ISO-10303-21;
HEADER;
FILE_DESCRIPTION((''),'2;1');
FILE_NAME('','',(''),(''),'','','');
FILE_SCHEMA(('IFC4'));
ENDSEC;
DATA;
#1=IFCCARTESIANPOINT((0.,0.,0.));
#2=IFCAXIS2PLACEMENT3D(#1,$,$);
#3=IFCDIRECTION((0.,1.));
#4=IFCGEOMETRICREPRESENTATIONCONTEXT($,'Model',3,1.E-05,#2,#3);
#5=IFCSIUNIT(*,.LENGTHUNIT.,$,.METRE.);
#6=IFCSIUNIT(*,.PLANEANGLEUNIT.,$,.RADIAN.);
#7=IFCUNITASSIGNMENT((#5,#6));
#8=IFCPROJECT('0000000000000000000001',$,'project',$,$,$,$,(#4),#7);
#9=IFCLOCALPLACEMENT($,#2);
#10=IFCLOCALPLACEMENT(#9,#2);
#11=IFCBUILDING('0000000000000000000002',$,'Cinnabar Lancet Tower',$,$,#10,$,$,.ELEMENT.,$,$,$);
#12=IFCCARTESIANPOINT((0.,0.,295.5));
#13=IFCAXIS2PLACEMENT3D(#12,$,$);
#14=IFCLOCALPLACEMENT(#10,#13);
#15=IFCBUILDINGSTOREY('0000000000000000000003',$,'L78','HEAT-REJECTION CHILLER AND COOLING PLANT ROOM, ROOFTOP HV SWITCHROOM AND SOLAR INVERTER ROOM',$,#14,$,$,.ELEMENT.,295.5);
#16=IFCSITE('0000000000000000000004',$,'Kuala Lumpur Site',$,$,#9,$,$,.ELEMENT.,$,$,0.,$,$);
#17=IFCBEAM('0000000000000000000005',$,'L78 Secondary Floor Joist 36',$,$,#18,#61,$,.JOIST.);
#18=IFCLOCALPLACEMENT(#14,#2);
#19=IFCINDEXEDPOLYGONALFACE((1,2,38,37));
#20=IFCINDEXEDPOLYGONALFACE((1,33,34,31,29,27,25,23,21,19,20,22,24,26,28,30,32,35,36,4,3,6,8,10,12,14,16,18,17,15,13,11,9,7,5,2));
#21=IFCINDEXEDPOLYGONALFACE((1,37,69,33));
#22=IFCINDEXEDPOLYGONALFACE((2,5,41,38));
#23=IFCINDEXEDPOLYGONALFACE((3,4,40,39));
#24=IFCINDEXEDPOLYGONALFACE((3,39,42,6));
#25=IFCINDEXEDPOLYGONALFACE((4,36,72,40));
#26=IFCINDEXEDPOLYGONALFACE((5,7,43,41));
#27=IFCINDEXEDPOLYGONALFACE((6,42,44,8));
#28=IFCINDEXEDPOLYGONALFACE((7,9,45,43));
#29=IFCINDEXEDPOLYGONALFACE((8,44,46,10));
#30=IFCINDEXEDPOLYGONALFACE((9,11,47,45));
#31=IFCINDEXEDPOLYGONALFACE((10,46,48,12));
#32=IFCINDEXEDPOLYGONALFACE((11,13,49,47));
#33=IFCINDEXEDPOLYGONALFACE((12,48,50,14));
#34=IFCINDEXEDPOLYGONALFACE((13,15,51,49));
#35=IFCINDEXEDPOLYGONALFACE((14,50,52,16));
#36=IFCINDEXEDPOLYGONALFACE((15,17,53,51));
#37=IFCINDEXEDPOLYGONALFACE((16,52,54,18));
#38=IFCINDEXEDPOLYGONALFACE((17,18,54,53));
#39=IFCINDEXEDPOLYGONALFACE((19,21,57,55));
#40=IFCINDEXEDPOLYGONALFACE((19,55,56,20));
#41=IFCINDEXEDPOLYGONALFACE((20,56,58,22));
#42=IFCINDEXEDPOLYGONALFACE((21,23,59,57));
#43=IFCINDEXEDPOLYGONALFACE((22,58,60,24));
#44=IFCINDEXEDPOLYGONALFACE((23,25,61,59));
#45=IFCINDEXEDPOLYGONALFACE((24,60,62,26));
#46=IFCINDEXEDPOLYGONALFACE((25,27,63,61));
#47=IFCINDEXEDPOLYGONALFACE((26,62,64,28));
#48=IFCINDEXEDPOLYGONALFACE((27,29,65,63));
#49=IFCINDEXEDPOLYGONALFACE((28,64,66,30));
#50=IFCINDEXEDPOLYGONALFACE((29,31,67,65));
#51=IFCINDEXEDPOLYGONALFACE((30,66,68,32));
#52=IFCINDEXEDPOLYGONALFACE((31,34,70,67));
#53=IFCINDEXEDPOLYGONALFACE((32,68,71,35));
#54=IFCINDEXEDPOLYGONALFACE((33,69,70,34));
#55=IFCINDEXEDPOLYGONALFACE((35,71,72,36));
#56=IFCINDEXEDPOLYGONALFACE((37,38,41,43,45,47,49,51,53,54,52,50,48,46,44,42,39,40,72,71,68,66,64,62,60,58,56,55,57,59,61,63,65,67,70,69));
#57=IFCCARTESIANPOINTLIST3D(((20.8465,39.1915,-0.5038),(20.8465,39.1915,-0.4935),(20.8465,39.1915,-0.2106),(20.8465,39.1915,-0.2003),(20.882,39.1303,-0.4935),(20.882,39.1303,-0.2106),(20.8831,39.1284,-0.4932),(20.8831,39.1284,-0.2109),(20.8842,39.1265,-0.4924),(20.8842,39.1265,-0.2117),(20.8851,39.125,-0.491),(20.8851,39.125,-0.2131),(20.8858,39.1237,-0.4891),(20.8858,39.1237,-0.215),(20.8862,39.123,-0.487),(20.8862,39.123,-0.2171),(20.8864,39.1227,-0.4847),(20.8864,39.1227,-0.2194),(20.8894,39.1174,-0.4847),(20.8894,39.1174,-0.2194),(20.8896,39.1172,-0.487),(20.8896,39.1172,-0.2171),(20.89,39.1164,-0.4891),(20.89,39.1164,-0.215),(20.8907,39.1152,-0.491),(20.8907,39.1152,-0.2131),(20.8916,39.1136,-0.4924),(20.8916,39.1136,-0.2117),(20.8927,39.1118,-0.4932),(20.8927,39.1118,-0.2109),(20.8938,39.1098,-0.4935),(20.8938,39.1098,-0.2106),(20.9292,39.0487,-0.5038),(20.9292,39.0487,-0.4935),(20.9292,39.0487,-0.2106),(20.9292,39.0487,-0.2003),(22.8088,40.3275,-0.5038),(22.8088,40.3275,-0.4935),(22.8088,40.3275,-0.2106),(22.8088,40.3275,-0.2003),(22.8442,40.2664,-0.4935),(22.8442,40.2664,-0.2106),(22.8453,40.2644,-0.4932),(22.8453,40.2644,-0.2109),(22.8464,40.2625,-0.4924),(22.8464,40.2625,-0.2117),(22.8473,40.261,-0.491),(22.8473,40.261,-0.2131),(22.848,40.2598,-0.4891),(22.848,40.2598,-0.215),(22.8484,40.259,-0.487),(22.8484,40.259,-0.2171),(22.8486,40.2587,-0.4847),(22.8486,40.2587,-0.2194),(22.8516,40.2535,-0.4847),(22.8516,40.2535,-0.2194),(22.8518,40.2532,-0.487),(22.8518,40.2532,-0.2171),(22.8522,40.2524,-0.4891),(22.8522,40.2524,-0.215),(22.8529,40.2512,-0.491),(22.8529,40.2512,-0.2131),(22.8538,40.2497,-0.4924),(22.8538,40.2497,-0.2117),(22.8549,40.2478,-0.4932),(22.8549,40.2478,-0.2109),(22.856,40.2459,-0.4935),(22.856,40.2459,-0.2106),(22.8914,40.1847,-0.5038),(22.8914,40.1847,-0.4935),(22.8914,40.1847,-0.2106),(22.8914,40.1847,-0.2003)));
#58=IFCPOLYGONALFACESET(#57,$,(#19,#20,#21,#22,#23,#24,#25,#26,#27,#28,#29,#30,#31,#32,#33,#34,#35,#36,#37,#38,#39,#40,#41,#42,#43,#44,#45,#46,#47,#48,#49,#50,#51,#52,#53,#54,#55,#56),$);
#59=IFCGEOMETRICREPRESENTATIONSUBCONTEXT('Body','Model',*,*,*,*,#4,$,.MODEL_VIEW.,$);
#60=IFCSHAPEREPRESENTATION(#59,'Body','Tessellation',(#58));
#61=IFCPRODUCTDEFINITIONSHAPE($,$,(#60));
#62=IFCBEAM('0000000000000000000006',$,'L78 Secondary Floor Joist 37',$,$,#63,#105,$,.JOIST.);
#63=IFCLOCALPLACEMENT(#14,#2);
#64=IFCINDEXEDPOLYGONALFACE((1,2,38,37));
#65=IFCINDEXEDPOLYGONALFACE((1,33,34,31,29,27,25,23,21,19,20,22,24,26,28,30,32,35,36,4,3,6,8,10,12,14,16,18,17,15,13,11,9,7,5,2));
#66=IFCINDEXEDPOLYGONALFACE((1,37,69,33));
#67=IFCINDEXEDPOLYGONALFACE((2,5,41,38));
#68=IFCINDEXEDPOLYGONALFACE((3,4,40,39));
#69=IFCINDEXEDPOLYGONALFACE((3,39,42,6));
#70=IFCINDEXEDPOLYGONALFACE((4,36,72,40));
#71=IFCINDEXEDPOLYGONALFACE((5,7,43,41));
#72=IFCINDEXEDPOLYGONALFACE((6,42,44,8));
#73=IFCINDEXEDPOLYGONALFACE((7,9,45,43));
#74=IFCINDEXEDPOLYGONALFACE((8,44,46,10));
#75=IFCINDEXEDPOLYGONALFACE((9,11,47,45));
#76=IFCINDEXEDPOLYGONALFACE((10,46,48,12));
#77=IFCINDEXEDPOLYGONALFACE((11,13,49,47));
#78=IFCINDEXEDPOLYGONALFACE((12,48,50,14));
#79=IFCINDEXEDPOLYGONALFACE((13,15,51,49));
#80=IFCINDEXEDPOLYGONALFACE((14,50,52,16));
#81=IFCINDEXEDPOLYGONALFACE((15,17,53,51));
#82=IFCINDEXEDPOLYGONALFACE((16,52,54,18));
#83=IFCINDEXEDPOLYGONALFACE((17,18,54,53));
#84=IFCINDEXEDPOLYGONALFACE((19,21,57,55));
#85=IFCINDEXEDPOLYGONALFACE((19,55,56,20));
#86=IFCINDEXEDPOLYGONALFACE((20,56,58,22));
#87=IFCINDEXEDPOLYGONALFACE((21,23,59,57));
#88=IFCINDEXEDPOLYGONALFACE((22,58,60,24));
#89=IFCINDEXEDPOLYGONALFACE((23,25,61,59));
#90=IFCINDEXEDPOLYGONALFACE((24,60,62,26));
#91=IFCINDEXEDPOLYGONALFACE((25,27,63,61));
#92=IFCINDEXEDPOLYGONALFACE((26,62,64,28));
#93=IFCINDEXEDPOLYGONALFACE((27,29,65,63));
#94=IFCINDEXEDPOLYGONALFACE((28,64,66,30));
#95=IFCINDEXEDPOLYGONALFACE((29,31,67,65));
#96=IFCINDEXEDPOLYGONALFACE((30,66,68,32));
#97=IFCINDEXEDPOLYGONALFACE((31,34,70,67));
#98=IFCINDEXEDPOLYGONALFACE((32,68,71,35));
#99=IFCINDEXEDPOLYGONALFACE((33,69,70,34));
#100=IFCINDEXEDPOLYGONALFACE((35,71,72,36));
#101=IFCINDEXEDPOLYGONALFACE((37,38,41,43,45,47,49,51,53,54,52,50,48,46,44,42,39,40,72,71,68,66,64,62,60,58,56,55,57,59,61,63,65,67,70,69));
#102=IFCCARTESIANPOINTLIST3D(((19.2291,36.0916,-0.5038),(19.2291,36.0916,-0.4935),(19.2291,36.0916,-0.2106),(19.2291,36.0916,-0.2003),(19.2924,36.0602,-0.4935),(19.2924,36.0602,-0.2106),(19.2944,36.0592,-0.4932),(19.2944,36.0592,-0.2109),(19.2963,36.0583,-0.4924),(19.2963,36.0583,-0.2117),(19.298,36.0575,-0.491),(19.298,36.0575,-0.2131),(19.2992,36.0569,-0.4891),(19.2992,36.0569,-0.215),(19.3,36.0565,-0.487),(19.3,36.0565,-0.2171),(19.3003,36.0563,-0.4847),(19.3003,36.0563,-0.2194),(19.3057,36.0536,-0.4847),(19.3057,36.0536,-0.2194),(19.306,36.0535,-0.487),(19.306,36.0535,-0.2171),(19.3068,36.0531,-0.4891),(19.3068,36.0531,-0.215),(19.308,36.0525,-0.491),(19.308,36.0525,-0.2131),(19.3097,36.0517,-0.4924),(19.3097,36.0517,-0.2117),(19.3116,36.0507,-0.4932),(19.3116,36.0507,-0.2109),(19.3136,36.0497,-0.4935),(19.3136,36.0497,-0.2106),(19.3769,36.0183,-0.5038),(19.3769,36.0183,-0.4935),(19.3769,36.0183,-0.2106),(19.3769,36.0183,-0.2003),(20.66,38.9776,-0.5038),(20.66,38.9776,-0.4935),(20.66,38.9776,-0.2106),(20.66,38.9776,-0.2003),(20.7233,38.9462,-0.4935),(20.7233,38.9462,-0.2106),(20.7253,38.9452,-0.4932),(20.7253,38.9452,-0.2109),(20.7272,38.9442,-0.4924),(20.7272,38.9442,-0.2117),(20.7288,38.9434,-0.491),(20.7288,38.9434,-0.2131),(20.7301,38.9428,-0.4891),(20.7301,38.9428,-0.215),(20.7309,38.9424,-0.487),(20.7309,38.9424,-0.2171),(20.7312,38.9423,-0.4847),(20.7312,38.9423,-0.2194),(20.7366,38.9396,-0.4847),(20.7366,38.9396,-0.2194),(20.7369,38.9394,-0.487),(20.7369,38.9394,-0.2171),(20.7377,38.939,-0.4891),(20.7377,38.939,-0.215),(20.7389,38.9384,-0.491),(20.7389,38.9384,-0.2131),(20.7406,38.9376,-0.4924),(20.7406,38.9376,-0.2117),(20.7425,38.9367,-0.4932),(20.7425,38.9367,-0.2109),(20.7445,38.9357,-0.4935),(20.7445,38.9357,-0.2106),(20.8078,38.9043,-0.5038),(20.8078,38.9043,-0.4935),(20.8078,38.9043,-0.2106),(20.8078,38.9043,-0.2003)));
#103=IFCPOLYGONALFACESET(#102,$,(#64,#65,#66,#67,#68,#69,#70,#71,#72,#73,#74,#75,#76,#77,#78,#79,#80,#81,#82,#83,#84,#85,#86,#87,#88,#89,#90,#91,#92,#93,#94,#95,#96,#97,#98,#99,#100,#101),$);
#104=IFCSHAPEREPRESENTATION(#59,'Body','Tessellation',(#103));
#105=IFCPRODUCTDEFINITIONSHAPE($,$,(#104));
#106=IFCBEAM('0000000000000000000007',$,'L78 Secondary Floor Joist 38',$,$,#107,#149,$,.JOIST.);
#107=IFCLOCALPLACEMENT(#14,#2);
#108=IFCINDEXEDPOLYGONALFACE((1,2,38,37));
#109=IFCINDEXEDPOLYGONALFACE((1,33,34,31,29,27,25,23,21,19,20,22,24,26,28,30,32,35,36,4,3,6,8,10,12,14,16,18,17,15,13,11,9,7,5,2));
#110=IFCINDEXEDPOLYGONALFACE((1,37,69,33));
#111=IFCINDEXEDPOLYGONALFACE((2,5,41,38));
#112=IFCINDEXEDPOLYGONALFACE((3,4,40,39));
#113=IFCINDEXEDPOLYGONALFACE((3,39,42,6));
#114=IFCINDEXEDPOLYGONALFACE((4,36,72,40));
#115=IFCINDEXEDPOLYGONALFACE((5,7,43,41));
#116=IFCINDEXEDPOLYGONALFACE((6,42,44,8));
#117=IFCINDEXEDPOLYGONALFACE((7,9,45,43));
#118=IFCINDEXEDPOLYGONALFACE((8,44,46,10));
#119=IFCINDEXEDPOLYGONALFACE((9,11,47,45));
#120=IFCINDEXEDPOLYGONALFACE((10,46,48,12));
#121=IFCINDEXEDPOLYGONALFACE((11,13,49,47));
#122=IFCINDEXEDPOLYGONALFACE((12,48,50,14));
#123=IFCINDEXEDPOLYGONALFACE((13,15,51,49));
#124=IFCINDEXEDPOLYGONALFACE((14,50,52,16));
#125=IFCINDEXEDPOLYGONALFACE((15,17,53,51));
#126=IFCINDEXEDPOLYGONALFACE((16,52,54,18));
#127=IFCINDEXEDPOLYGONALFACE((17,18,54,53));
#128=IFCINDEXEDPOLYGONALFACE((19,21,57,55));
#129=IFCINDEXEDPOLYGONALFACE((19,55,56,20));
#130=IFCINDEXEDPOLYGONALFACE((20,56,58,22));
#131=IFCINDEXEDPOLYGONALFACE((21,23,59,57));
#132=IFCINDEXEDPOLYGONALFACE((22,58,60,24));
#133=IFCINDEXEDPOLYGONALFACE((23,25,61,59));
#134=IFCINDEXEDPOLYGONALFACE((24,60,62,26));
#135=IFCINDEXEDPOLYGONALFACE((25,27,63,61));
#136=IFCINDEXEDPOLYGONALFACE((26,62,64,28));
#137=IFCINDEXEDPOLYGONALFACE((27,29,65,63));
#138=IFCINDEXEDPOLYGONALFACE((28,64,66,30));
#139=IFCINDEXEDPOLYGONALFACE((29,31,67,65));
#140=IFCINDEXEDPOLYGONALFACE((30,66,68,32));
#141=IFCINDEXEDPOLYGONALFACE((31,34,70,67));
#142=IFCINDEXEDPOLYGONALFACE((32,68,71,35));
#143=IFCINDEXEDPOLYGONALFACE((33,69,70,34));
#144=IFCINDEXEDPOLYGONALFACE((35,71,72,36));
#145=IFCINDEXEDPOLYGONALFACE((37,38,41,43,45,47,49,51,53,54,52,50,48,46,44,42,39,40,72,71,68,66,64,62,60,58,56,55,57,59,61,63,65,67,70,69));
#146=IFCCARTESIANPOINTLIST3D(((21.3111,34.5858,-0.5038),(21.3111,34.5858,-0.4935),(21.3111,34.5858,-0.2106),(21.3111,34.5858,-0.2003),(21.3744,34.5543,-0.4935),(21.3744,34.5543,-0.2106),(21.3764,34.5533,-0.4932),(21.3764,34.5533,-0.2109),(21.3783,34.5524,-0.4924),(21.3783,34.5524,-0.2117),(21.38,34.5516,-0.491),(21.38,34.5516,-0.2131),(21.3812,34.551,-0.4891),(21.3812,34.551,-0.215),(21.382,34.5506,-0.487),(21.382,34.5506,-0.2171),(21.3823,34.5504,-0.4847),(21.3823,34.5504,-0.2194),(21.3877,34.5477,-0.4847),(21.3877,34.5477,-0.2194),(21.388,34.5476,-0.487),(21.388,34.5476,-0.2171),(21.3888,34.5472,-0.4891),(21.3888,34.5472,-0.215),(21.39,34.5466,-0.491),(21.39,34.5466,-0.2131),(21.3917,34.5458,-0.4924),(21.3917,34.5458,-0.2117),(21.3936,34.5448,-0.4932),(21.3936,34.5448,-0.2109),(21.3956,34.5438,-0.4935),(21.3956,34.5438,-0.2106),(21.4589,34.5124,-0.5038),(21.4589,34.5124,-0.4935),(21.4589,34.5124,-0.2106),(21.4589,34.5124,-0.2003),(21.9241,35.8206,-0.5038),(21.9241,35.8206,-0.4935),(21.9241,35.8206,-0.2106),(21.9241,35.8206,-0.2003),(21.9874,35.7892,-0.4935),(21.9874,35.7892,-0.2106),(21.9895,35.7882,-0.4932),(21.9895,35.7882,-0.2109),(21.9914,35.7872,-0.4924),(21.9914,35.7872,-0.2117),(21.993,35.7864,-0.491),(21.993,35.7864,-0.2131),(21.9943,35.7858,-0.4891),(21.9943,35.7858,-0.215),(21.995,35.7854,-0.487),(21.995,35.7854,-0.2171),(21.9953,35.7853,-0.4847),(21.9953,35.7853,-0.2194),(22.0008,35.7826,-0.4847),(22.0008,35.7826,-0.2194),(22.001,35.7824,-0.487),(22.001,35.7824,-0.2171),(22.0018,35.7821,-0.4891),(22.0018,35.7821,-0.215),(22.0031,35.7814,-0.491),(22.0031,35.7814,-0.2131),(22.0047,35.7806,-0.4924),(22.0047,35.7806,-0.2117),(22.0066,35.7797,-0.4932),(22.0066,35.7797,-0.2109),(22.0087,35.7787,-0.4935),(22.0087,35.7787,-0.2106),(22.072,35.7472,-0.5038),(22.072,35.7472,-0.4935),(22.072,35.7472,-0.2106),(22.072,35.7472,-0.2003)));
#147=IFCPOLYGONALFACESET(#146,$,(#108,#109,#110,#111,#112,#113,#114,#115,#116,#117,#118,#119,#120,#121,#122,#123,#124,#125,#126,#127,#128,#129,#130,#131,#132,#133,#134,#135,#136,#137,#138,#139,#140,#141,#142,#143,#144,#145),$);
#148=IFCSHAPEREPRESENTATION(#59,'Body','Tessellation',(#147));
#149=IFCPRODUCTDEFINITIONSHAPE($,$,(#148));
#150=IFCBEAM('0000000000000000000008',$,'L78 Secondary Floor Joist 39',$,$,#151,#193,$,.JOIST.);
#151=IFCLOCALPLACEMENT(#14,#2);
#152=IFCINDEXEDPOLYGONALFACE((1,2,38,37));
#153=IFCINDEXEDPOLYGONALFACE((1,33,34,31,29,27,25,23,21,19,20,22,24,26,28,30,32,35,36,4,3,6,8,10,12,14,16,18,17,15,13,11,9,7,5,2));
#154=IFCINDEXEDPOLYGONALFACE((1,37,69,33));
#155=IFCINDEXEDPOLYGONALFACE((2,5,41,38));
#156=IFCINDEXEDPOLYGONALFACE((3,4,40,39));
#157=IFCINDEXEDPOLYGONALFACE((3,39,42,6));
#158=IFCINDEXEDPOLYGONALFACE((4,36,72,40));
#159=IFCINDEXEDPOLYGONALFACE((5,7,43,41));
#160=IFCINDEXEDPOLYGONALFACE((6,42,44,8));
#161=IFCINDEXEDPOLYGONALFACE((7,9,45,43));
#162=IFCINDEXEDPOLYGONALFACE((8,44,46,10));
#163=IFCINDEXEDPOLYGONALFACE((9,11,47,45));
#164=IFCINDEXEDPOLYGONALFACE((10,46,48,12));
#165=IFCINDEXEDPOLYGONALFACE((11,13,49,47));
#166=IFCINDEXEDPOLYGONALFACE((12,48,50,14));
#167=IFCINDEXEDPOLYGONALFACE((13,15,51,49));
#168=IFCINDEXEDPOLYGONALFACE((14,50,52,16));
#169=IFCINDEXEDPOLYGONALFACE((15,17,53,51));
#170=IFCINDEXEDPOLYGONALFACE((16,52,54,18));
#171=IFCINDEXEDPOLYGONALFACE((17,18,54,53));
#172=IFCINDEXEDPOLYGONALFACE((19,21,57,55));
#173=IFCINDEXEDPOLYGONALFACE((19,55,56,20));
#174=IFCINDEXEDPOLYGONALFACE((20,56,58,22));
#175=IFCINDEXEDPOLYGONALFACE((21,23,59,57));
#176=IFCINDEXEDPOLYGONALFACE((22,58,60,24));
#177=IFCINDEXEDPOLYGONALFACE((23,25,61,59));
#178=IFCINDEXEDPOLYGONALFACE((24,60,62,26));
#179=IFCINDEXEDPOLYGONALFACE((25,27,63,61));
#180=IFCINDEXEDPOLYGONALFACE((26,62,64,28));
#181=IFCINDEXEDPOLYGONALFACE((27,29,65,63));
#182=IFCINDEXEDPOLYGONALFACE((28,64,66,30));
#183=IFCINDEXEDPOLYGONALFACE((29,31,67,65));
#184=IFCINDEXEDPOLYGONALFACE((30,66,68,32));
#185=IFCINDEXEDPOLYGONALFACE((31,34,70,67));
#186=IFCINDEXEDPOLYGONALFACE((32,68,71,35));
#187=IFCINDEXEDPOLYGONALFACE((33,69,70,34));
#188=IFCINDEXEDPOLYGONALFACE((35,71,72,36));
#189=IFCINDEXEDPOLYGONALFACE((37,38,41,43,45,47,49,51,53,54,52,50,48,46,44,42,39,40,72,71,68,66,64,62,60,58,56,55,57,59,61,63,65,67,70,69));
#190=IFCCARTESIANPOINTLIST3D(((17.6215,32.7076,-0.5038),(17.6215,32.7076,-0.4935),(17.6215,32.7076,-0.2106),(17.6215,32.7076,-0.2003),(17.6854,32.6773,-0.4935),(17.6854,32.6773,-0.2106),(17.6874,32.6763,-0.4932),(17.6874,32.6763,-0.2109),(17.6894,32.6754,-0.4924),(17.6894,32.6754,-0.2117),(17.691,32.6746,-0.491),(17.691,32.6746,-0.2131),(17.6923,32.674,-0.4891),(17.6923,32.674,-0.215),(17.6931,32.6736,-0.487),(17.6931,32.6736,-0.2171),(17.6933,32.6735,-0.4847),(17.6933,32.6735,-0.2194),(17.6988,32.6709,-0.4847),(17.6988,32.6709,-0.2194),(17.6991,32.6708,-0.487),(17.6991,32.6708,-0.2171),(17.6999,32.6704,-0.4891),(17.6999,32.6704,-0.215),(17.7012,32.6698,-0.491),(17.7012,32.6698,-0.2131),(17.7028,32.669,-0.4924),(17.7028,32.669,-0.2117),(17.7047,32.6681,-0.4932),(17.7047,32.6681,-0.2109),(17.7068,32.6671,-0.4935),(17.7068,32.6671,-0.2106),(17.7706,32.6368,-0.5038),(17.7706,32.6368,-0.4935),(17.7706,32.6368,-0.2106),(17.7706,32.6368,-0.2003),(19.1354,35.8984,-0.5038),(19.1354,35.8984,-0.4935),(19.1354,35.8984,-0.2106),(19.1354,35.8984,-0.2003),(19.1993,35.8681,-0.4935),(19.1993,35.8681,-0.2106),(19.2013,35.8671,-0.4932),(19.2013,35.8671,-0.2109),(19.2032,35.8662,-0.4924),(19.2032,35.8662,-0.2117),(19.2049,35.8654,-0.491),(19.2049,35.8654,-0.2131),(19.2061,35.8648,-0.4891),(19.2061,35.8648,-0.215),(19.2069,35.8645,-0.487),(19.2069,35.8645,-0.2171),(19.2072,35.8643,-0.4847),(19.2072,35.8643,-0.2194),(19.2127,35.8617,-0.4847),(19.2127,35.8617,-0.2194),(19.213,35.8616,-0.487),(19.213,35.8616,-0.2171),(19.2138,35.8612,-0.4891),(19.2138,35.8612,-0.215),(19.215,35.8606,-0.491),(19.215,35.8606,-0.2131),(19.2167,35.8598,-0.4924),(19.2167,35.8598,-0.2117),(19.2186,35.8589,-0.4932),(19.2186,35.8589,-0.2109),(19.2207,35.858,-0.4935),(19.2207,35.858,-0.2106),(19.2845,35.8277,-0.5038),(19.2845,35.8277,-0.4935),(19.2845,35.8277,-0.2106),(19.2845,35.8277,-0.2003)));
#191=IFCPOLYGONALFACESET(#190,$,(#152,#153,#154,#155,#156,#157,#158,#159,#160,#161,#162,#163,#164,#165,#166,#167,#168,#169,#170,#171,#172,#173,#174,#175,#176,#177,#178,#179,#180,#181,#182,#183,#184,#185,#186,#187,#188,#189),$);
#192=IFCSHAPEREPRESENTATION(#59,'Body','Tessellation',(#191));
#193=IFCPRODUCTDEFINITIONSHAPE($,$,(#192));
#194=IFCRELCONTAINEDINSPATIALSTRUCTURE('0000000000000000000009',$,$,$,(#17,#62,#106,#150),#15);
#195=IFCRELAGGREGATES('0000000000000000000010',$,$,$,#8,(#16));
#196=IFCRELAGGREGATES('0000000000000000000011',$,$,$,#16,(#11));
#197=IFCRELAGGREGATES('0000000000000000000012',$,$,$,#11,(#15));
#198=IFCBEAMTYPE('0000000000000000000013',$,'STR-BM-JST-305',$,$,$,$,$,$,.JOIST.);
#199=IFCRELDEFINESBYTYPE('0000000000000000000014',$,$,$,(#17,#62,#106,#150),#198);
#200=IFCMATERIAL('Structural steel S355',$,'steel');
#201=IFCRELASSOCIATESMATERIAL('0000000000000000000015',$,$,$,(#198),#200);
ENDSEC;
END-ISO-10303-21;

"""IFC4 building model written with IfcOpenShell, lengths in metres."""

from ifc_helpers import new_model, si_unit, direction, frame, origin, origin_2d, place, context, subcontext, project, spatial, i_section, extrude, material, material_profile, profile_set, type_object, element, save


model = new_model("IFC4")

# Units and contexts
model_context = context("Model", 3, precision=1e-05, world=origin(), true_north=direction((0.0, 1.0)))
body_context = subcontext(model_context, "Body", "Model", "MODEL_VIEW")
ifc_project = project(units=[si_unit("LENGTHUNIT", "METRE"), si_unit("PLANEANGLEUNIT", "RADIAN")], contexts=[model_context])

# Site, building, storey
site_placement = place(None, origin())
site = spatial("IfcSite", under=ifc_project, at=site_placement, Name="Kuala Lumpur Site", CompositionType="ELEMENT", RefElevation=0.0)
building_placement = place(site_placement, origin())
building = spatial("IfcBuilding", under=site, at=building_placement, Name="Cinnabar Lancet Tower", CompositionType="ELEMENT")
storey_placement = place(building_placement, frame((0.0, 0.0, 295.5)))
storey = spatial("IfcBuildingStorey", under=building, at=storey_placement, Name="L78", Description="HEAT-REJECTION CHILLER AND COOLING PLANT ROOM, ROOFTOP HV SWITCHROOM AND SOLAR INVERTER ROOM", CompositionType="ELEMENT", Elevation=295.5)

# Beams
ifc_material_1 = material(Name="Structural steel S355", Category="steel")
ifc_material_profile_1 = material_profile(ifc_material_1, i_section(OverallWidth=0.165, OverallDepth=0.3035, WebThickness=0.0061, FlangeThickness=0.0103, FilletRadius=0.0088, at=origin_2d()), Name="UKB 305x165x40")
ifc_profile_set_1 = profile_set([ifc_material_profile_1], Name="Structural steel S355")
beam_type_1 = type_object("IfcBeamType", Name="STR-BM-JST-305", PredefinedType="JOIST", material=ifc_profile_set_1)
beam_1_placement = place(storey_placement, frame((22.8501, 40.2561, -0.3521), z_axis=(-0.865426, -0.501036, 0.0), x_axis=(0.501036, -0.865426, 0.0)))
element("IfcBeam", 1, at=beam_1_placement, inside=storey, type_object=beam_type_1, Name="L78 Secondary Floor Joist 36", PredefinedType="JOIST", context=body_context, shape_type="SweptSolid", body=[
    extrude(i_section(OverallWidth=0.165, OverallDepth=0.3035, WebThickness=0.0061, FlangeThickness=0.0103, FilletRadius=0.0088, at=origin_2d()), origin(), (0.0, 0.0, 1.0), 2.2673),
])
beam_2_placement = place(storey_placement, frame((20.7339, 38.9409, -0.3521), z_axis=(-0.44421, -0.895923, 0.0), x_axis=(0.895923, -0.44421, 0.0)))
element("IfcBeam", 2, at=beam_2_placement, inside=storey, type_object=beam_type_1, Name="L78 Secondary Floor Joist 37", PredefinedType="JOIST", context=body_context, shape_type="SweptSolid", body=[
    extrude(i_section(OverallWidth=0.165, OverallDepth=0.3035, WebThickness=0.0061, FlangeThickness=0.0103, FilletRadius=0.0088, at=origin_2d()), origin(), (0.0, 0.0, 1.0), 3.2212),
])
beam_3_placement = place(storey_placement, frame((21.998, 35.7839, -0.3521), z_axis=(-0.444662, -0.895699, 0.0), x_axis=(0.895699, -0.444662, 0.0)))
element("IfcBeam", 3, at=beam_3_placement, inside=storey, type_object=beam_type_1, Name="L78 Secondary Floor Joist 38", PredefinedType="JOIST", context=body_context, shape_type="SweptSolid", body=[
    extrude(i_section(OverallWidth=0.165, OverallDepth=0.3035, WebThickness=0.0061, FlangeThickness=0.0103, FilletRadius=0.0088, at=origin_2d()), origin(), (0.0, 0.0, 1.0), 1.3787),
])
beam_4_placement = place(storey_placement, frame((19.21, 35.863, -0.3521), z_axis=(-0.428648, -0.903472, 0.0), x_axis=(0.903472, -0.428648, 0.0)))
element("IfcBeam", 4, at=beam_4_placement, inside=storey, type_object=beam_type_1, Name="L78 Secondary Floor Joist 39", PredefinedType="JOIST", context=body_context, shape_type="SweptSolid", body=[
    extrude(i_section(OverallWidth=0.165, OverallDepth=0.3035, WebThickness=0.0061, FlangeThickness=0.0103, FilletRadius=0.0088, at=origin_2d()), origin(), (0.0, 0.0, 1.0), 3.5317),
])

save(model, "model.ifc")
